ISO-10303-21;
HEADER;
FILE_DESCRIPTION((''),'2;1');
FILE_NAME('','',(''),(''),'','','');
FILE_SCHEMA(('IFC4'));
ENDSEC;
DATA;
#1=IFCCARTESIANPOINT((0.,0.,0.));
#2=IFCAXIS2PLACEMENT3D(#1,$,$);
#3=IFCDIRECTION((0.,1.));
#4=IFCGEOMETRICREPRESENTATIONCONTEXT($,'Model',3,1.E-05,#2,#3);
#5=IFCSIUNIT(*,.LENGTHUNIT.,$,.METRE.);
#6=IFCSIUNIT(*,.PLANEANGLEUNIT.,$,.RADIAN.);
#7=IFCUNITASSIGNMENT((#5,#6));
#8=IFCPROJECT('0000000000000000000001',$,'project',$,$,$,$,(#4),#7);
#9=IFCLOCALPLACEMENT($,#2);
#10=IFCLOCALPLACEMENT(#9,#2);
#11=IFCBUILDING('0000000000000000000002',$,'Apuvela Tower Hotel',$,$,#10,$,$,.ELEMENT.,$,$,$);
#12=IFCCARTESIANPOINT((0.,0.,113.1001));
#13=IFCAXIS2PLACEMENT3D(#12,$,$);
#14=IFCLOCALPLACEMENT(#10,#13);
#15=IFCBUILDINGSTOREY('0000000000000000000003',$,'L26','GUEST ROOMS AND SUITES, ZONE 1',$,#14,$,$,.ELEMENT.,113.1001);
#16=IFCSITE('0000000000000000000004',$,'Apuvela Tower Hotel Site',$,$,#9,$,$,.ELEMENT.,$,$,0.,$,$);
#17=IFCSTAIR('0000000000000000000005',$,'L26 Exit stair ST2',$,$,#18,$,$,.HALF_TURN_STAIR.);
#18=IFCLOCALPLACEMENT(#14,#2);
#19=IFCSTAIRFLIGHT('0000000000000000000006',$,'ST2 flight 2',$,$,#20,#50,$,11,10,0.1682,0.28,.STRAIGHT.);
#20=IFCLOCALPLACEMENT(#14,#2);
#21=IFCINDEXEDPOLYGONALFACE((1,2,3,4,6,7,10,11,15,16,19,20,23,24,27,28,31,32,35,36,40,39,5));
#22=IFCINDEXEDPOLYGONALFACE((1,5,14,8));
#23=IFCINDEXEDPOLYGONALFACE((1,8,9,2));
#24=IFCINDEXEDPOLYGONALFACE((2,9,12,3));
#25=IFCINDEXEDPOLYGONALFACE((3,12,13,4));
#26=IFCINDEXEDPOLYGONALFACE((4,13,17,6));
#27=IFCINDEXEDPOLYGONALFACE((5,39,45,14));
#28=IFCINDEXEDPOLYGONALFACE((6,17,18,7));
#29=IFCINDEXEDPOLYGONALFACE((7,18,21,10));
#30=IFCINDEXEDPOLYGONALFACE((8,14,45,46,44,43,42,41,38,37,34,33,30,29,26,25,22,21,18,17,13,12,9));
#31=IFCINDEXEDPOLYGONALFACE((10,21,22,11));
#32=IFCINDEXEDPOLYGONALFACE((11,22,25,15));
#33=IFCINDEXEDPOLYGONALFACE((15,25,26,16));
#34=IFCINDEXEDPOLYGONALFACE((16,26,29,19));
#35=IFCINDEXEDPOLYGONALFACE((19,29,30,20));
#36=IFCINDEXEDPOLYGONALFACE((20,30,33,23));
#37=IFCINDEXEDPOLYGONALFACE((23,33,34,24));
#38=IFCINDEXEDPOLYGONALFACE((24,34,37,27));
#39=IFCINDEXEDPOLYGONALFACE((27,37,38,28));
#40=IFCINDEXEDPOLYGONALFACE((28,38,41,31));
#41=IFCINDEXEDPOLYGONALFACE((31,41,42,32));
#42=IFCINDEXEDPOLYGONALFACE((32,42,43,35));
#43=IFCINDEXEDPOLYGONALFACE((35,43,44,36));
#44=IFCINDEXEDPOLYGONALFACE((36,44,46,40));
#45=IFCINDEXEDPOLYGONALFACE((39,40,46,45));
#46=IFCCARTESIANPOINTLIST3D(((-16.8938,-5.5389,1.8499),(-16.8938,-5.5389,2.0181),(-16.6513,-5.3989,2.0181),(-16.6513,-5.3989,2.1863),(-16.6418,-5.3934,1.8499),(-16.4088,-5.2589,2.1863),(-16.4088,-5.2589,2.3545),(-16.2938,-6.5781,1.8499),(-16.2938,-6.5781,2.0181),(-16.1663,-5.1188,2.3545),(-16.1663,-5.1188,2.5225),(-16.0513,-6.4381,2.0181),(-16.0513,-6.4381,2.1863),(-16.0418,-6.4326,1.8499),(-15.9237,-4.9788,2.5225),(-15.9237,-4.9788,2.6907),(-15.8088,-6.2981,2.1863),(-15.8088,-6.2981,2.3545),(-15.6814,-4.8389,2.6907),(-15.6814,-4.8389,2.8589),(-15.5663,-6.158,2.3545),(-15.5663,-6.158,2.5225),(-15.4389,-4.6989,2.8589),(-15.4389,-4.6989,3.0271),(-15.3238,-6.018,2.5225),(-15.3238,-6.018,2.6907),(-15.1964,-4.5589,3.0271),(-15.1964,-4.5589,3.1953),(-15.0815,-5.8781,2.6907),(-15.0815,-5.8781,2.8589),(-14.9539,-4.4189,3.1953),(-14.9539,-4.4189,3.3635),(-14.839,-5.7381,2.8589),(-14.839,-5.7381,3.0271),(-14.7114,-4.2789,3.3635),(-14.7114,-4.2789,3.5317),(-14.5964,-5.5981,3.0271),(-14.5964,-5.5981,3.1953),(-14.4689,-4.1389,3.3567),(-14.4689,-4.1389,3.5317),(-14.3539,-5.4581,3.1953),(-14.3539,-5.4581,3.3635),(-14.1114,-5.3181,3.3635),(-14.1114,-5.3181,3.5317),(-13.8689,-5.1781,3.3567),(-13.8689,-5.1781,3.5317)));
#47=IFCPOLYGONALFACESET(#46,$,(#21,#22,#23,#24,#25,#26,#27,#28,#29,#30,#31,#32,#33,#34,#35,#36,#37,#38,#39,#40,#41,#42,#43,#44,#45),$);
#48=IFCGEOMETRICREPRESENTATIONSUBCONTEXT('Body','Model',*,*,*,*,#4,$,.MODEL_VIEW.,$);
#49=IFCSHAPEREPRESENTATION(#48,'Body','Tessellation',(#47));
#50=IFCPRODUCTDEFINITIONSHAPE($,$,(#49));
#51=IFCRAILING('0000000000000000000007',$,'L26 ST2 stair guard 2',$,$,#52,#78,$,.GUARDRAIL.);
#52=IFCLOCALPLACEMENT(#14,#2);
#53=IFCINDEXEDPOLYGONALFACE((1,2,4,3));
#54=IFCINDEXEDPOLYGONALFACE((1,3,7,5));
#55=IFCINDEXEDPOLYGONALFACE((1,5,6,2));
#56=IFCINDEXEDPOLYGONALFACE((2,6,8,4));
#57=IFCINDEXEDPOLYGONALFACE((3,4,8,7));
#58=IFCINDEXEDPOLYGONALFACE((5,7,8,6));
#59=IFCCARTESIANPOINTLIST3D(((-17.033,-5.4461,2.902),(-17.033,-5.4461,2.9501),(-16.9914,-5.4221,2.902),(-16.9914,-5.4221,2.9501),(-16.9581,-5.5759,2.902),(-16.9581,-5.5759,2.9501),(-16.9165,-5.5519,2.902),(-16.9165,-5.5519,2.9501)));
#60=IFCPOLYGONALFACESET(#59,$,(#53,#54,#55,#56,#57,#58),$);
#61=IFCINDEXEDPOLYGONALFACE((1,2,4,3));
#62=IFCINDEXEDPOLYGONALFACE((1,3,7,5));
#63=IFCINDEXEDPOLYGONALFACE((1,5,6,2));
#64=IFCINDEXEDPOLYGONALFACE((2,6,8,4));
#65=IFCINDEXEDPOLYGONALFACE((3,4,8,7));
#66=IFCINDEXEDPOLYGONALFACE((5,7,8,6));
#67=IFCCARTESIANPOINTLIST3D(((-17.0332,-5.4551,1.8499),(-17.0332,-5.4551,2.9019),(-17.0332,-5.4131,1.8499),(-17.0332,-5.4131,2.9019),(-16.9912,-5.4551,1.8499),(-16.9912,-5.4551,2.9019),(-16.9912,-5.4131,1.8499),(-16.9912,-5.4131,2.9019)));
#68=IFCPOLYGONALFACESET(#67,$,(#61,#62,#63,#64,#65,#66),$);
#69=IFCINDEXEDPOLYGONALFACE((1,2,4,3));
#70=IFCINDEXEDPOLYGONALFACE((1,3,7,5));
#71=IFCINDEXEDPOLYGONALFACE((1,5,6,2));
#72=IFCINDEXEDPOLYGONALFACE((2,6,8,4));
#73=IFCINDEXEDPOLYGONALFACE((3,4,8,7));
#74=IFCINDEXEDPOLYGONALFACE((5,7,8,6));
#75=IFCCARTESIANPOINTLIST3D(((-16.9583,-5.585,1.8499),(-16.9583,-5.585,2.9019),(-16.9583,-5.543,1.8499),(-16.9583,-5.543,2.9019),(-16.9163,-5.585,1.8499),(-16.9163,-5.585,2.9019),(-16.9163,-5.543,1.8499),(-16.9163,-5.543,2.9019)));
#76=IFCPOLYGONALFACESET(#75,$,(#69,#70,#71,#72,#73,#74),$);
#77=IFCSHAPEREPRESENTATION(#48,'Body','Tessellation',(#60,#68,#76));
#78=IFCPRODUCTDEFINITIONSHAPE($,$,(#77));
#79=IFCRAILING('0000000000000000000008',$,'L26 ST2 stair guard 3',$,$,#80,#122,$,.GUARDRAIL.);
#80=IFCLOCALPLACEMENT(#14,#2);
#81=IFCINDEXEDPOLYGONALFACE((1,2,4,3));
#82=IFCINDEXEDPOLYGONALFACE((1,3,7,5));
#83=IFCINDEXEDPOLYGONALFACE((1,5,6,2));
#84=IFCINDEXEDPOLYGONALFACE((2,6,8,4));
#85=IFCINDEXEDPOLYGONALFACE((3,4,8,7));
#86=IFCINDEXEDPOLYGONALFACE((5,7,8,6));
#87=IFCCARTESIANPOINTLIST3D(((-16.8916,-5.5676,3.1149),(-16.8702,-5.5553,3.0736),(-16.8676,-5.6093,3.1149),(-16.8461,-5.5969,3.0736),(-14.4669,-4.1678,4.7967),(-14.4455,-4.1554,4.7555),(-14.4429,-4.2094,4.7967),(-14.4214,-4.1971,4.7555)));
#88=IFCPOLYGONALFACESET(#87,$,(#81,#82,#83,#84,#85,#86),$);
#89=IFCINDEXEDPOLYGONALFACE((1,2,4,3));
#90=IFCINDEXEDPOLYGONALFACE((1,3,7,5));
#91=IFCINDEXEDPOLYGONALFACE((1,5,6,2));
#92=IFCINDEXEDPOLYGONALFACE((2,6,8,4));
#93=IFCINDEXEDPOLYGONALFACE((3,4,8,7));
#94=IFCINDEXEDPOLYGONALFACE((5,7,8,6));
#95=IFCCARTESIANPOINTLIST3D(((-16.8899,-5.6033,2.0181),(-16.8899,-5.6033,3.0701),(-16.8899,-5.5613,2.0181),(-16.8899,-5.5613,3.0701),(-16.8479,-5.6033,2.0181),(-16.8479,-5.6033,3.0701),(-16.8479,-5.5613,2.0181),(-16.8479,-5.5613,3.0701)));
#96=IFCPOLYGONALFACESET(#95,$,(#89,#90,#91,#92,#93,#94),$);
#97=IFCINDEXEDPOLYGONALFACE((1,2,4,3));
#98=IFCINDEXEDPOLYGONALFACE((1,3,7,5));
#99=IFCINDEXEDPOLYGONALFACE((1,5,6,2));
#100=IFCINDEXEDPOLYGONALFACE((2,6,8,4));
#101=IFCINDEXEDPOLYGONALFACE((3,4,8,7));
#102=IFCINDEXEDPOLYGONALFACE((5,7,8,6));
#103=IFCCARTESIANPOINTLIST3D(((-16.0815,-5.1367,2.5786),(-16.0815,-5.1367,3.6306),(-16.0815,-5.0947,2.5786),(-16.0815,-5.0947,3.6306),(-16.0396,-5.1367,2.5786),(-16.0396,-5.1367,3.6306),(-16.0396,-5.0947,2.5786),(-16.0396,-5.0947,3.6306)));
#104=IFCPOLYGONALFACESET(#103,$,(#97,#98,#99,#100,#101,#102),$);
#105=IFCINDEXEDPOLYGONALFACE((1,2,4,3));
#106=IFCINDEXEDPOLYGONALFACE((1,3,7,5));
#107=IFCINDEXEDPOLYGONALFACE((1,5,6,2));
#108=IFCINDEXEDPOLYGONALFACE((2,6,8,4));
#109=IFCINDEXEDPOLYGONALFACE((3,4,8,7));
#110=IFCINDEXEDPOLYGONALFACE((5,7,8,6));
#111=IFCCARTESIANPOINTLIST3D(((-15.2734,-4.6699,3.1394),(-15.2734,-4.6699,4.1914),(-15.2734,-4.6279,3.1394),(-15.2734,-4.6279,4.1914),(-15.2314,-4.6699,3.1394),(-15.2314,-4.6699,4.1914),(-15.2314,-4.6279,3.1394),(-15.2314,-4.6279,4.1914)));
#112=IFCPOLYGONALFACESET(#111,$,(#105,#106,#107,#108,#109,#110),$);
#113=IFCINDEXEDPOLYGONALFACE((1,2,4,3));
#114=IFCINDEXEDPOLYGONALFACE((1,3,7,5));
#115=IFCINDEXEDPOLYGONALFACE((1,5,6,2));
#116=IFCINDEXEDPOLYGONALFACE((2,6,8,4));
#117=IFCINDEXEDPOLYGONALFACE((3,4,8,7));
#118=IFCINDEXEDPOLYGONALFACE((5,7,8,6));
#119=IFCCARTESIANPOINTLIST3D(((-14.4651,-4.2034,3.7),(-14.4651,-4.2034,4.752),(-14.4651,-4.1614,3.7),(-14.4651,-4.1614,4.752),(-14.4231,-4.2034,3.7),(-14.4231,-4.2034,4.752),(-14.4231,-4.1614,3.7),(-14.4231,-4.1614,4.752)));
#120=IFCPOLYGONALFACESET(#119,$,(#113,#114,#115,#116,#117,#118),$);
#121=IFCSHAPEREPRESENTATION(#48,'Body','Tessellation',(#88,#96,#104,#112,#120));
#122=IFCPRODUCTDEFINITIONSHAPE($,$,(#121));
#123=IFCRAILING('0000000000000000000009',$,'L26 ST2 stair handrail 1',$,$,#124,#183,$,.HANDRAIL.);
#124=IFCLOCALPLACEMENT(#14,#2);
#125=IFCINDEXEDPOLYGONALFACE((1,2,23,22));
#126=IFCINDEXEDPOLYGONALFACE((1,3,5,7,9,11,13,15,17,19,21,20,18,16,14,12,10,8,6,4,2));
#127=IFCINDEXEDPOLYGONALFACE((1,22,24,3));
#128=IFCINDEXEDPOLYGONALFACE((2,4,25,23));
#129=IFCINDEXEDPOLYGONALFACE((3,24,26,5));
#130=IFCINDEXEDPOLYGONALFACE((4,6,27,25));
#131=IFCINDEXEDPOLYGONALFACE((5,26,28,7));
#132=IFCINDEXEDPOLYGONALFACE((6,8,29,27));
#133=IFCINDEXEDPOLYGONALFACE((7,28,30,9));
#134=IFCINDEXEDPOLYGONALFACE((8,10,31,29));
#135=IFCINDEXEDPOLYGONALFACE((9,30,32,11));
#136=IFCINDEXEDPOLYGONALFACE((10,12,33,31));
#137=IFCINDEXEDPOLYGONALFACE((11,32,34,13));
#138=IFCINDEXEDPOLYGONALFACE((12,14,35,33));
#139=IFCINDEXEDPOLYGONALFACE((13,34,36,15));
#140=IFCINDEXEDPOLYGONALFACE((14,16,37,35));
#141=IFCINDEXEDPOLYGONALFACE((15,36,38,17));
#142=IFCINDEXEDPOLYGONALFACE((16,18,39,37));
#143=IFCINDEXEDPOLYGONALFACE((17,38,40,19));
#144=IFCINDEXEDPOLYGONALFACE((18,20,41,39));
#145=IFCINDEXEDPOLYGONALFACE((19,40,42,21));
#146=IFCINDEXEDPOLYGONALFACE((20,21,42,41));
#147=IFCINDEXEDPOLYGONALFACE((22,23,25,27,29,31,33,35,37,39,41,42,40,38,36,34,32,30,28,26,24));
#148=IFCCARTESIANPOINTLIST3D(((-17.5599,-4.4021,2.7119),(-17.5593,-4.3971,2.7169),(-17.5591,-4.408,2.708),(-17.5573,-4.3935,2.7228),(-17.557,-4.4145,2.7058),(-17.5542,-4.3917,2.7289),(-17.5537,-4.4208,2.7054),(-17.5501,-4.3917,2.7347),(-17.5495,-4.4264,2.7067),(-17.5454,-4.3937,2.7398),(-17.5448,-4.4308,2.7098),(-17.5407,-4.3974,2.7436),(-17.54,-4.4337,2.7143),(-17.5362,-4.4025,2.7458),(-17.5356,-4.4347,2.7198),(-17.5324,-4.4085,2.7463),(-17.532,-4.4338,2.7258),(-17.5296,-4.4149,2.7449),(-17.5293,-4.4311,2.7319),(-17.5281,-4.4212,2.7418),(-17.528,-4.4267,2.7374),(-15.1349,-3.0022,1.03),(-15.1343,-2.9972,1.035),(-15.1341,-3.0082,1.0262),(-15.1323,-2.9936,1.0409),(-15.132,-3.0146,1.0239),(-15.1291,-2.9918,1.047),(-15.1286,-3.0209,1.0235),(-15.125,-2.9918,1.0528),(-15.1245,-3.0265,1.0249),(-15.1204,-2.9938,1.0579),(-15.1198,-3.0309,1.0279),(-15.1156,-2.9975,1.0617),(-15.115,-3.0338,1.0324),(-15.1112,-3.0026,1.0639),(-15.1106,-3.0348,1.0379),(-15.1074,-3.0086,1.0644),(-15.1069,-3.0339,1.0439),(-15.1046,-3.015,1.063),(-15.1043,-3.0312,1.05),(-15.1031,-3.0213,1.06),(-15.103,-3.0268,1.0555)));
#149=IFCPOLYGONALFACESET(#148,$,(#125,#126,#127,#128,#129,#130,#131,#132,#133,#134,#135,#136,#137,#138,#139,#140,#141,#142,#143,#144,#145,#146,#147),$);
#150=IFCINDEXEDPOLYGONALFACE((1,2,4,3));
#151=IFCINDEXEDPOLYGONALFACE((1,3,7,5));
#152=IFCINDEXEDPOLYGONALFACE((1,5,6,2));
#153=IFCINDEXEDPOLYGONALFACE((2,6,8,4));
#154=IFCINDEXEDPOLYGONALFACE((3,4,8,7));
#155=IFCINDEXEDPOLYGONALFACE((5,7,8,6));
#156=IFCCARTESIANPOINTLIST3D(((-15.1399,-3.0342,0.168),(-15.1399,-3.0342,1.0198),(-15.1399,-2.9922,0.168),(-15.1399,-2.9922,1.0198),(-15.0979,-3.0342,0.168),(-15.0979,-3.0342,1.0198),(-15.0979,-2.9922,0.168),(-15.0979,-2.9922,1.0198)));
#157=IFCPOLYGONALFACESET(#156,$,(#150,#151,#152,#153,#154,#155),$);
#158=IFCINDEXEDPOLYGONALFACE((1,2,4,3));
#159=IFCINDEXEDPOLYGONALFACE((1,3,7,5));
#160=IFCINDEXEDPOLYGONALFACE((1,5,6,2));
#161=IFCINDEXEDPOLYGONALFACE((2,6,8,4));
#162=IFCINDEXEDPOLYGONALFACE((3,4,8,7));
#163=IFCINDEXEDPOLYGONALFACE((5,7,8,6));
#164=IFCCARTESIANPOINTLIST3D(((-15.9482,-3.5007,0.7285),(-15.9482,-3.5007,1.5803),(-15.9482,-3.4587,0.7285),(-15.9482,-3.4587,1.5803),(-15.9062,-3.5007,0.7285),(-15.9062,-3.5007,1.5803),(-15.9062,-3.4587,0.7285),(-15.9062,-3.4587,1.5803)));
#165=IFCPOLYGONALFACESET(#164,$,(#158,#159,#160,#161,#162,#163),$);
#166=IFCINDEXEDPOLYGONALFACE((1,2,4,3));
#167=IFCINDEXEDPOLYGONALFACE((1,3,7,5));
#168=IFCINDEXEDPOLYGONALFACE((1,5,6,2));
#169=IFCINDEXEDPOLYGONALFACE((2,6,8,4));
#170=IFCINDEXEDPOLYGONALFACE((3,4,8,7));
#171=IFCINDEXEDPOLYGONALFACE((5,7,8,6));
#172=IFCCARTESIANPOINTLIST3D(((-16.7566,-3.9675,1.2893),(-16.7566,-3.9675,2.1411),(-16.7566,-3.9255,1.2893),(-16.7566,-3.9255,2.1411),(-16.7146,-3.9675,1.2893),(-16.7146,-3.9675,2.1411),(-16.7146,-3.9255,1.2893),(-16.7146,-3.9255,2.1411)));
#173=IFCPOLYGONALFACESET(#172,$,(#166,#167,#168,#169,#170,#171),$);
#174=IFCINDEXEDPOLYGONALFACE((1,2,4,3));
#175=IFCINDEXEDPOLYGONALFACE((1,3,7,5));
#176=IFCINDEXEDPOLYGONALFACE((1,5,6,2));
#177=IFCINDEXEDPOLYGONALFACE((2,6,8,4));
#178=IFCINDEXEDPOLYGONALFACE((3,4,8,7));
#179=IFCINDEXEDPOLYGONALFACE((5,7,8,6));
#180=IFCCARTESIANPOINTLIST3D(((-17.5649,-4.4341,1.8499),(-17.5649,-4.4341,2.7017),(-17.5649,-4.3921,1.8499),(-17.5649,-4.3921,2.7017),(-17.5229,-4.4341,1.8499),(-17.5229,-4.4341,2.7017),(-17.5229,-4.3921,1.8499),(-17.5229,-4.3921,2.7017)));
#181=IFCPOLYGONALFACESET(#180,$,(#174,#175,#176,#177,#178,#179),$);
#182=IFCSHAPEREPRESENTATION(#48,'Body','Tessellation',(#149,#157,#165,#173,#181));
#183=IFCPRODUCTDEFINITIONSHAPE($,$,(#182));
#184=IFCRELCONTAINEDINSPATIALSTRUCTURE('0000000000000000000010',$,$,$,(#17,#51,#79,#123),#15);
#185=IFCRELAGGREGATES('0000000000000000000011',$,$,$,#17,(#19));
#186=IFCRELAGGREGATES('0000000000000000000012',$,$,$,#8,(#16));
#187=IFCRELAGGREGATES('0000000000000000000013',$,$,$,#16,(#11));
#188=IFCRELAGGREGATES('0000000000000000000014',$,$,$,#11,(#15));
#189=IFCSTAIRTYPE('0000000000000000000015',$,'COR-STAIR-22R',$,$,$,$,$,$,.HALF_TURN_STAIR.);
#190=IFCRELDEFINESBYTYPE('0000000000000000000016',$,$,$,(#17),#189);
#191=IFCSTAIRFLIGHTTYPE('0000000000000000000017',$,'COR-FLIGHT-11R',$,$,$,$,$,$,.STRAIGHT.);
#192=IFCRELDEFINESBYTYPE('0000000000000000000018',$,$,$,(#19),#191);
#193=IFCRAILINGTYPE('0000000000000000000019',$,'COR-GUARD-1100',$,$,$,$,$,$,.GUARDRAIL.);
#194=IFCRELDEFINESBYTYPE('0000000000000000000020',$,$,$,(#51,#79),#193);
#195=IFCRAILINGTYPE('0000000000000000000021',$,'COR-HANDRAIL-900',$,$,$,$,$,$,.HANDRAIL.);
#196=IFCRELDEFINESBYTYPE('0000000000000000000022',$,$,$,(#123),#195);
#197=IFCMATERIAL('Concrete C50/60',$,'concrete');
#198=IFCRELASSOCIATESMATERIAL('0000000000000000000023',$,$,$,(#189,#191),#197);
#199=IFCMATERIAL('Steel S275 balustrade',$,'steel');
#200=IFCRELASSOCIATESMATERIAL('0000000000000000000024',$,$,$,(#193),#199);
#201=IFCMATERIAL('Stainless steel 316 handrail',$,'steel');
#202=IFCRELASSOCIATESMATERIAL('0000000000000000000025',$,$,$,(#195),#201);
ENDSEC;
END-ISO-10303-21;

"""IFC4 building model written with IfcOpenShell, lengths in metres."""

from ifc_helpers import new_model, si_unit, direction, frame, origin, origin_2d, place, context, subcontext, project, spatial, polyline, rectangle, circle, outline, extrude, material, type_object, element, aggregate, save


model = new_model("IFC4")

# Units and contexts
model_context = context("Model", 3, precision=1e-05, world=origin(), true_north=direction((0.0, 1.0)))
body_context = subcontext(model_context, "Body", "Model", "MODEL_VIEW")
ifc_project = project(units=[si_unit("LENGTHUNIT", "METRE"), si_unit("PLANEANGLEUNIT", "RADIAN")], contexts=[model_context])

# Site, building, storey
site_placement = place(None, origin())
site = spatial("IfcSite", under=ifc_project, at=site_placement, Name="Apuvela Tower Hotel Site", CompositionType="ELEMENT", RefElevation=0.0)
building_placement = place(site_placement, origin())
building = spatial("IfcBuilding", under=site, at=building_placement, Name="Apuvela Tower Hotel", CompositionType="ELEMENT")
storey_placement = place(building_placement, frame((0.0, 0.0, 113.1001)))
storey = spatial("IfcBuildingStorey", under=building, at=storey_placement, Name="L26", Description="GUEST ROOMS AND SUITES, ZONE 1", CompositionType="ELEMENT", Elevation=113.1001)

# Shared definitions
ifc_material_1 = material(Name="Concrete C50/60", Category="concrete")

# Stair, stair flight
stair_type = type_object("IfcStairType", Name="COR-STAIR-22R", PredefinedType="HALF_TURN_STAIR", material=ifc_material_1)
stair_placement = place(storey_placement, origin())
stair = element("IfcStair", 1, at=stair_placement, inside=storey, type_object=stair_type, Name="L26 Exit stair ST2", PredefinedType="HALF_TURN_STAIR")
stair_flight_type = type_object("IfcStairFlightType", Name="COR-FLIGHT-11R", PredefinedType="STRAIGHT", material=ifc_material_1)
stair_flight_1_placement = place(storey_placement, frame((-16.5938, -6.0586, 1.8499), z_axis=(0.0, 0.0, 1.0), x_axis=(0.866025, 0.5, 0.0)))
stair_flight_1 = element("IfcStairFlight", 2, at=stair_flight_1_placement, type_object=stair_flight_type, Name="ST2 flight 2", NumberOfRisers=11, NumberOfTreads=10, PredefinedType="STRAIGHT", RiserHeight=0.1682, TreadLength=0.28, context=body_context, shape_type="SweptSolid", body=[
    extrude(outline(polyline([(0.0, 0.0), (0.0, 0.1682), (0.28, 0.1682), (0.28, 0.3364), (0.5601, 0.3364), (0.5601, 0.5046), (0.8401, 0.5046), (0.8401, 0.6726), (1.1201, 0.6726), (1.1201, 0.8408), (1.3999, 0.8408), (1.3999, 1.009), (1.6799, 1.009), (1.6799, 1.1772), (1.96, 1.1772), (1.96, 1.3455), (2.24, 1.3455), (2.24, 1.5137), (2.52, 1.5137), (2.52, 1.6819), (2.8, 1.6819), (2.8, 1.8501), (2.8, 1.5068), (0.291, 0.0), (0.0, 0.0)])), frame((0.0, 0.6001, 0.0), z_axis=(0.0, -1.0, 0.0), x_axis=(1.0, 0.0, 0.0)), (0.0, 0.0, 1.0), 1.2),
])
aggregate(stair, [stair_flight_1])

# Railings
ifc_material_2 = material(Name="Steel S275 balustrade", Category="steel")
railing_type_1 = type_object("IfcRailingType", Name="COR-GUARD-1100", PredefinedType="GUARDRAIL", material=ifc_material_2)
railing_1_placement = place(storey_placement, frame((-17.0122, -5.4341, 1.8499)))
element("IfcRailing", 3, at=railing_1_placement, inside=storey, type_object=railing_type_1, Name="L26 ST2 stair guard 2", PredefinedType="GUARDRAIL", context=body_context, shape_type="SweptSolid", body=[
    extrude(rectangle(XDim=0.0481, YDim=0.0481, at=origin_2d()), frame((0.0, 0.0, 1.0762), z_axis=(0.499816, -0.866131, 0.0), x_axis=(0.866131, 0.499816, 0.0)), (0.0, 0.0, 1.0), 0.1499),
    extrude(rectangle(XDim=0.042, YDim=0.042, at=origin_2d()), origin(), (0.0, 0.0, 1.0), 1.052),
    extrude(rectangle(XDim=0.042, YDim=0.042, at=origin_2d()), frame((0.075, -0.1299, 0.0)), (0.0, 0.0, 1.0), 1.052),
])
railing_2_placement = place(storey_placement, frame((-16.8689, -5.5823, 2.0181)))
element("IfcRailing", 4, at=railing_2_placement, inside=storey, type_object=railing_type_1, Name="L26 ST2 stair guard 3", PredefinedType="GUARDRAIL", context=body_context, shape_type="SweptSolid", body=[
    extrude(rectangle(XDim=0.0481, YDim=0.0481, at=origin_2d()), frame((0.0, 0.0, 1.0762), z_axis=(0.74239, 0.428601, 0.514934), x_axis=(-0.499984, 0.866035, 0.0)), (0.0, 0.0, 1.0), 3.2661),
    extrude(rectangle(XDim=0.042, YDim=0.042, at=origin_2d()), origin(), (0.0, 0.0, 1.0), 1.052),
    extrude(rectangle(XDim=0.042, YDim=0.042, at=origin_2d()), frame((0.8083, 0.4666, 0.5605)), (0.0, 0.0, 1.0), 1.052),
    extrude(rectangle(XDim=0.042, YDim=0.042, at=origin_2d()), frame((1.6165, 0.9333, 1.1213)), (0.0, 0.0, 1.0), 1.052),
    extrude(rectangle(XDim=0.042, YDim=0.042, at=origin_2d()), frame((2.4248, 1.3999, 1.6819)), (0.0, 0.0, 1.0), 1.052),
])
ifc_material_3 = material(Name="Stainless steel 316 handrail", Category="steel")
railing_type_2 = type_object("IfcRailingType", Name="COR-HANDRAIL-900", PredefinedType="HANDRAIL", material=ifc_material_3)
railing_3_placement = place(storey_placement, frame((-15.1189, -3.0132, 0.168)))
element("IfcRailing", 5, at=railing_3_placement, inside=storey, type_object=railing_type_2, Name="L26 ST2 stair handrail 1", PredefinedType="HANDRAIL", context=body_context, shape_type="SweptSolid", body=[
    extrude(circle(Radius=0.0239, at=origin_2d()), frame((0.0, 0.0, 0.876), z_axis=(-0.742424, -0.428577, 0.514906), x_axis=(0.499946, -0.866056, 0.0)), (0.0, 0.0, 1.0), 3.2664),
    extrude(rectangle(XDim=0.042, YDim=0.042, at=origin_2d()), origin(), (0.0, 0.0, 1.0), 0.8518),
    extrude(rectangle(XDim=0.042, YDim=0.042, at=origin_2d()), frame((-0.8083, -0.4666, 0.5605)), (0.0, 0.0, 1.0), 0.8518),
    extrude(rectangle(XDim=0.042, YDim=0.042, at=origin_2d()), frame((-1.6167, -0.9333, 1.1213)), (0.0, 0.0, 1.0), 0.8518),
    extrude(rectangle(XDim=0.042, YDim=0.042, at=origin_2d()), frame((-2.425, -1.3999, 1.6819)), (0.0, 0.0, 1.0), 0.8518),
])

save(model, "model.ifc")
